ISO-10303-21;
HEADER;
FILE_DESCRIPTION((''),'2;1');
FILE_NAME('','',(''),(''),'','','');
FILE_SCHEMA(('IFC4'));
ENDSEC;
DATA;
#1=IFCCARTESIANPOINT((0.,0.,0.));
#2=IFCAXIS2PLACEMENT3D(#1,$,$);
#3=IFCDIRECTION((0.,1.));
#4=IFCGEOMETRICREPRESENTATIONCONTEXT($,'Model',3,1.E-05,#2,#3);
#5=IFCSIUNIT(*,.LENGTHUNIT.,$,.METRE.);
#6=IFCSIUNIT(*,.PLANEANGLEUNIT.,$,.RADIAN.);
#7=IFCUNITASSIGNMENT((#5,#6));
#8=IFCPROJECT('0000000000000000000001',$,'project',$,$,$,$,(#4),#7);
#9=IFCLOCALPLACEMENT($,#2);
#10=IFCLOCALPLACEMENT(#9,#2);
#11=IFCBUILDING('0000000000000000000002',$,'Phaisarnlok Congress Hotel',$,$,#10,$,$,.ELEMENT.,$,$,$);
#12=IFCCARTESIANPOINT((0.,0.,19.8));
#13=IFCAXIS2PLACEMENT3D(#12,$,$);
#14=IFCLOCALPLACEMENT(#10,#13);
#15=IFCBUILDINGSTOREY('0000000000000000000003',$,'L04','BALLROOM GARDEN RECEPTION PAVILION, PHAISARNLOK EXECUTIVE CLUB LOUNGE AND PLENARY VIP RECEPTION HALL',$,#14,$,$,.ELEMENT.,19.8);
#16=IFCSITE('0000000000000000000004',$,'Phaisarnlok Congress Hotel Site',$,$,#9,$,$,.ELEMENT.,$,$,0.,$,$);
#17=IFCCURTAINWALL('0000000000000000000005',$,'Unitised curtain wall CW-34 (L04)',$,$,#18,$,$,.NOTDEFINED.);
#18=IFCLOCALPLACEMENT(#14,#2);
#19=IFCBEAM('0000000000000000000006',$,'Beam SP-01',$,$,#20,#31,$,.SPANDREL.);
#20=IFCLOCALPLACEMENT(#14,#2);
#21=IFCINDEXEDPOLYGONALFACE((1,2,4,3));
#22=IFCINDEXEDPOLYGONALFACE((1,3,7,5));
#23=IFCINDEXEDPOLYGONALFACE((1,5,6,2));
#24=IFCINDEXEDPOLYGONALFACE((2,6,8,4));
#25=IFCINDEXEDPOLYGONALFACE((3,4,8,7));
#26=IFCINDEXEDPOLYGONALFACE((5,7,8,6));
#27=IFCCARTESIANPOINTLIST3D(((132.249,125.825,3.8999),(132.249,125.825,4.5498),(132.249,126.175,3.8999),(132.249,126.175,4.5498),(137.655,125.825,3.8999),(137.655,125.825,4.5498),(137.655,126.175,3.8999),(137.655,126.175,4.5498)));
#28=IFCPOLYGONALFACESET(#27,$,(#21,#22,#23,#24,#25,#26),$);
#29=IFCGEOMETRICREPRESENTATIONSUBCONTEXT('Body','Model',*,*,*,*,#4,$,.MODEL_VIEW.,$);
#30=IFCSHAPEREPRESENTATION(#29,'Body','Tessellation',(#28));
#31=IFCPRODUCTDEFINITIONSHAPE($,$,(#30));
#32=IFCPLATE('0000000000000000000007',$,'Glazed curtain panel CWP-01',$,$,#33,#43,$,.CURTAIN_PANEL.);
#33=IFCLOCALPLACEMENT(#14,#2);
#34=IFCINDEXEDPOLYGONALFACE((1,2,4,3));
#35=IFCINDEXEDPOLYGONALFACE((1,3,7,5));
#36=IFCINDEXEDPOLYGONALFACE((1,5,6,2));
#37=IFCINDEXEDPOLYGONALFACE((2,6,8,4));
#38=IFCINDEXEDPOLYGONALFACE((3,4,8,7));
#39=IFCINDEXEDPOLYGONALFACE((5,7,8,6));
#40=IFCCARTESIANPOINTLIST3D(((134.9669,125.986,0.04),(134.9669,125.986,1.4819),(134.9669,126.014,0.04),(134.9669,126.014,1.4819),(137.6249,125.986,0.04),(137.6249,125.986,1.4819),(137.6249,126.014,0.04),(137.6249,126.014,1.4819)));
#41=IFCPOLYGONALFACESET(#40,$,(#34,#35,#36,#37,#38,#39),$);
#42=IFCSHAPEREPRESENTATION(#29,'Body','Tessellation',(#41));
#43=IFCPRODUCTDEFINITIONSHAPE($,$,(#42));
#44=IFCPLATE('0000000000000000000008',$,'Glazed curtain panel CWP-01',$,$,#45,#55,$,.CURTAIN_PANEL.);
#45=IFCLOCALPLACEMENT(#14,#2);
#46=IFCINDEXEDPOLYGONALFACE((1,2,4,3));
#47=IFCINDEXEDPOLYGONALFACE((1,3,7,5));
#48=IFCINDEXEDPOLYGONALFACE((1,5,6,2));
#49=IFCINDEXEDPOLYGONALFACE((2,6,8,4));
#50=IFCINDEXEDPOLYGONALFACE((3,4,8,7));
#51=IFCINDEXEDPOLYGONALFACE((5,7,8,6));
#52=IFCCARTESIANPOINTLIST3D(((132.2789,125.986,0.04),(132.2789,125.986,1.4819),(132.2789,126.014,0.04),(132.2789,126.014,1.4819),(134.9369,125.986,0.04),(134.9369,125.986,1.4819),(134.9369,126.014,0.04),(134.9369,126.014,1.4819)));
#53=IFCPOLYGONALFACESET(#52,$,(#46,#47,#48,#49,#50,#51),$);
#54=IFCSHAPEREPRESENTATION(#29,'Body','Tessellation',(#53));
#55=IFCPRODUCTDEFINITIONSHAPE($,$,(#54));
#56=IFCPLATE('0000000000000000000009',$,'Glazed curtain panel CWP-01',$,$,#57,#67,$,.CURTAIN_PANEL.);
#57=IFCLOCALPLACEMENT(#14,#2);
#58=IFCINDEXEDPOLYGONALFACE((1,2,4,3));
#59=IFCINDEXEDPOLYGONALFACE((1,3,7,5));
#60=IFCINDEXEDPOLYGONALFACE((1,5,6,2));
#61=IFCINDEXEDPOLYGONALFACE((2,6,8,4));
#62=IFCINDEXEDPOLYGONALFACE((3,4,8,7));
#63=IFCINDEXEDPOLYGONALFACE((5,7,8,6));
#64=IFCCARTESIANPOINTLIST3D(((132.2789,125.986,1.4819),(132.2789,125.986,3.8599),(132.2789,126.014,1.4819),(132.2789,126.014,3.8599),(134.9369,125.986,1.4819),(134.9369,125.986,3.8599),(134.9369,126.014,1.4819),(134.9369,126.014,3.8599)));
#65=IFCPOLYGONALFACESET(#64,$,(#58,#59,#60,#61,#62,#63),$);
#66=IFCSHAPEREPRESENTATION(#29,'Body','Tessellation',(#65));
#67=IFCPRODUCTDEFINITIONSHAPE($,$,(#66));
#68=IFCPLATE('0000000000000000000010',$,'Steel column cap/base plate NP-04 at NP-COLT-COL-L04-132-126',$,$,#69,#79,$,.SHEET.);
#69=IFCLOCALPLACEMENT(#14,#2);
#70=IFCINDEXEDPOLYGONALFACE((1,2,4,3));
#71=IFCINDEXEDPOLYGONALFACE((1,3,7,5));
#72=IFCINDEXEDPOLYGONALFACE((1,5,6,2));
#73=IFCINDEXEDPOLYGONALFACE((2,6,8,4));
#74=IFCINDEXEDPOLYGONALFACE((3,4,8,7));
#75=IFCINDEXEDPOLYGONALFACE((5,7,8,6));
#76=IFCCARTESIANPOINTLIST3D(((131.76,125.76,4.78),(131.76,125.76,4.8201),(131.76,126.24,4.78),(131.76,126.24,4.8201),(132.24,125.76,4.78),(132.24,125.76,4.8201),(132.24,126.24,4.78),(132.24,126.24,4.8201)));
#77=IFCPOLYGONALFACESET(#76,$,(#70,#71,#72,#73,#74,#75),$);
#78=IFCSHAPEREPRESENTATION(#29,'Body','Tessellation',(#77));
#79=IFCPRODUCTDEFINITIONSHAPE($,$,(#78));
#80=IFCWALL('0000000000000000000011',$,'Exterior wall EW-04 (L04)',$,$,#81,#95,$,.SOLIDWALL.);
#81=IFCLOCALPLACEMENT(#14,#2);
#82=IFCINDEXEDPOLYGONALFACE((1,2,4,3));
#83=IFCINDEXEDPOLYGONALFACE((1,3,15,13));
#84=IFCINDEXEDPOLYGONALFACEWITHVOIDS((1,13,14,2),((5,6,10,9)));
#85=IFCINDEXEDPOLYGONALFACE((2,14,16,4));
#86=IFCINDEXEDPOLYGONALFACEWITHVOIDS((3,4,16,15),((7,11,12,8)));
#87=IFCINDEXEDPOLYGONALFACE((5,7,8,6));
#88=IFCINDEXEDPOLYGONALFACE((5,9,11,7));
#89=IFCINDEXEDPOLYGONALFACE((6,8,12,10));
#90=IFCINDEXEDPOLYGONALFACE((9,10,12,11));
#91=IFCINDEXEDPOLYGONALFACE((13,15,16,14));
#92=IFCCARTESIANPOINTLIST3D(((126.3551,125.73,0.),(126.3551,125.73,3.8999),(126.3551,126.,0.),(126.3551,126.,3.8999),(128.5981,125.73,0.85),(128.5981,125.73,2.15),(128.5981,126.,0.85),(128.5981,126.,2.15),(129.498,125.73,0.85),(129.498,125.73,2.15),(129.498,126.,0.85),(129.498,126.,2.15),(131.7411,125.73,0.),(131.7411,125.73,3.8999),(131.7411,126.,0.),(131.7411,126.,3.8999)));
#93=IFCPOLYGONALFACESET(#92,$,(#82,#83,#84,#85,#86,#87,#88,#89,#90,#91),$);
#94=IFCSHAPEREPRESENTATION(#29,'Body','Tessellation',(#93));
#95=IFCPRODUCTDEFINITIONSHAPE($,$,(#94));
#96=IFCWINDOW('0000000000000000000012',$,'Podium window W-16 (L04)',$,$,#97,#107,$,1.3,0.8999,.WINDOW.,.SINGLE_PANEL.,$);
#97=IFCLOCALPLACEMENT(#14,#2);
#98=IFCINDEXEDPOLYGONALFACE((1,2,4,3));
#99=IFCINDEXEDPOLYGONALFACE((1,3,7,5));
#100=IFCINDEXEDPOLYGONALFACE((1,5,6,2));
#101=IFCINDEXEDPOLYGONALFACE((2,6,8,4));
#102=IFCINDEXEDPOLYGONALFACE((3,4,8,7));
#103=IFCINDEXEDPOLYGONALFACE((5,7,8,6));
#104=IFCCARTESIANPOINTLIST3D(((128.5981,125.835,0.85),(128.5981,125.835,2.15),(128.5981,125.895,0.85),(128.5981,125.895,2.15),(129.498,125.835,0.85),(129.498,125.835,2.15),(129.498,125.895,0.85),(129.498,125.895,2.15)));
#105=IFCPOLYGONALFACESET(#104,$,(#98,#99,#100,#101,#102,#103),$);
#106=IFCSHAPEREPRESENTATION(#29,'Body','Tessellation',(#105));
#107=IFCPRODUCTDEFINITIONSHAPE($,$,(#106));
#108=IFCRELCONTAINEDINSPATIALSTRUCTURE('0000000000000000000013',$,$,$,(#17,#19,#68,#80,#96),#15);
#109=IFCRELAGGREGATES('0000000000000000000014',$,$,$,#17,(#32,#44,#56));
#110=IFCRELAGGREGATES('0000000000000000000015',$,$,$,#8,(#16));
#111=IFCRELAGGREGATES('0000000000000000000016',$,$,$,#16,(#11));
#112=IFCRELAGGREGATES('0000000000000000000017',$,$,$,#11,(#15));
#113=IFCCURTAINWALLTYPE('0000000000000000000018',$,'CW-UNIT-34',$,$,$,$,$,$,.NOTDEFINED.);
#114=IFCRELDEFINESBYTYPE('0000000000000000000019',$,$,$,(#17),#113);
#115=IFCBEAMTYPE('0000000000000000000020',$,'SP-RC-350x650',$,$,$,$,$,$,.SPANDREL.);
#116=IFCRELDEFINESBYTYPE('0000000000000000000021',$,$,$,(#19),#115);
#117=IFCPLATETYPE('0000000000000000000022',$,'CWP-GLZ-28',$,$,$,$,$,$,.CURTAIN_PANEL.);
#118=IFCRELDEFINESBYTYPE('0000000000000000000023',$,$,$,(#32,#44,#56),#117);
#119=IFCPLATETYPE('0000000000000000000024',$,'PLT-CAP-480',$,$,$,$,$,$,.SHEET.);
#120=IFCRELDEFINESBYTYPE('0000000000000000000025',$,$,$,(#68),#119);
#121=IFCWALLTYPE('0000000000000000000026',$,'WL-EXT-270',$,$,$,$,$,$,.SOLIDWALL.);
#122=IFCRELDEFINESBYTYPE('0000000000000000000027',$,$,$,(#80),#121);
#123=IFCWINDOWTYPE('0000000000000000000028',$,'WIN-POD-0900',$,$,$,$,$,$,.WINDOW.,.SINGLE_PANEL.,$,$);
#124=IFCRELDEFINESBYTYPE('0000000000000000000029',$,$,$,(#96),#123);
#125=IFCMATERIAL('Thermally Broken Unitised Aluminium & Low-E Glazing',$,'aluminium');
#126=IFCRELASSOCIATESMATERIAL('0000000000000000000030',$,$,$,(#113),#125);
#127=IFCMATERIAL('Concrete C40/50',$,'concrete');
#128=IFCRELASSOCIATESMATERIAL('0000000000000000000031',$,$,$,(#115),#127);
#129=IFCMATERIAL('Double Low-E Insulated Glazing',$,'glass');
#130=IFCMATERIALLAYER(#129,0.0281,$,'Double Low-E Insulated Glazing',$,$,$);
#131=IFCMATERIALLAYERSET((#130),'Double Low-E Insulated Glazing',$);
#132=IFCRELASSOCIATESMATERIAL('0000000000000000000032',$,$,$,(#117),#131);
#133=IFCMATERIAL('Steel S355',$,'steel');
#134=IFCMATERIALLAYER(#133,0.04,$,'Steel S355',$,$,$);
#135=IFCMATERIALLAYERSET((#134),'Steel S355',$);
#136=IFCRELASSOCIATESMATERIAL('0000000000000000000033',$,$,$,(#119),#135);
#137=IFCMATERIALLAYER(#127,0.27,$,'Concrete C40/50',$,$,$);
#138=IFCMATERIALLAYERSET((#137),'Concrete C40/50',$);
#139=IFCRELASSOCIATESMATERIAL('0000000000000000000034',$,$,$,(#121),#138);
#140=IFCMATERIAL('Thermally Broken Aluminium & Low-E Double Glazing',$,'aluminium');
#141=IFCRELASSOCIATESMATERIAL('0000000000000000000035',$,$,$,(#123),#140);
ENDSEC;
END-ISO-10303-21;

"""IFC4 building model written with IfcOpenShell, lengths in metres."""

from ifc_helpers import new_model, si_unit, direction, frame, frame_2d, origin, origin_2d, place, context, subcontext, project, spatial, rectangle, extrude, material, layer, layer_set, material_profile, profile_set, type_object, element, fill, aggregate, save


model = new_model("IFC4")

# Units and contexts
model_context = context("Model", 3, precision=1e-05, world=origin(), true_north=direction((0.0, 1.0)))
body_context = subcontext(model_context, "Body", "Model", "MODEL_VIEW")
ifc_project = project(units=[si_unit("LENGTHUNIT", "METRE"), si_unit("PLANEANGLEUNIT", "RADIAN")], contexts=[model_context])

# Site, building, storey
site_placement = place(None, origin())
site = spatial("IfcSite", under=ifc_project, at=site_placement, Name="Phaisarnlok Congress Hotel Site", CompositionType="ELEMENT", RefElevation=0.0)
building_placement = place(site_placement, origin())
building = spatial("IfcBuilding", under=site, at=building_placement, Name="Phaisarnlok Congress Hotel", CompositionType="ELEMENT")
storey_placement = place(building_placement, frame((0.0, 0.0, 19.8)))
storey = spatial("IfcBuildingStorey", under=building, at=storey_placement, Name="L04", Description="BALLROOM GARDEN RECEPTION PAVILION, PHAISARNLOK EXECUTIVE CLUB LOUNGE AND PLENARY VIP RECEPTION HALL", CompositionType="ELEMENT", Elevation=19.8)

# Shared definitions
ifc_material_1 = material(Name="Steel S355", Category="steel")

# Shared definitions
ifc_material_2 = material(Name="Concrete C40/50", Category="concrete")

# Curtain wall
ifc_material_3 = material(Name="Thermally Broken Unitised Aluminium & Low-E Glazing", Category="aluminium")
curtain_wall_type = type_object("IfcCurtainWallType", Name="CW-UNIT-34", PredefinedType="NOTDEFINED", material=ifc_material_3)
curtain_wall_placement = place(storey_placement, origin())
curtain_wall = element("IfcCurtainWall", 1, at=curtain_wall_placement, inside=storey, type_object=curtain_wall_type, Name="Unitised curtain wall CW-34 (L04)", PredefinedType="NOTDEFINED")

# Beam
ifc_material_profile_1 = material_profile(ifc_material_2, rectangle(XDim=0.3501, YDim=0.6499, at=origin_2d()), Name="RC 350x650")
ifc_profile_set_1 = profile_set([ifc_material_profile_1], Name="Concrete C40/50")
beam_type_1 = type_object("IfcBeamType", Name="SP-RC-350x650", PredefinedType="SPANDREL", material=ifc_profile_set_1)
for number, where, z_axis, x_axis, name in (
    (2, (132.249, 126.0, 4.2249), (1.0, 0.0, 0.0), (0.0, 1.0, 0.0), "Beam SP-01"),
):
    element("IfcBeam", number, at=place(storey_placement, frame(where, z_axis=z_axis, x_axis=x_axis)), inside=storey, type_object=beam_type_1, Name=name, PredefinedType="SPANDREL", context=body_context, shape_type="SweptSolid", body=[
        extrude(rectangle(XDim=0.3501, YDim=0.6499, at=origin_2d()), origin(), (0.0, 0.0, 1.0), 5.406),
    ])

# Plates
ifc_material_4 = material(Name="Double Low-E Insulated Glazing", Category="glass")
ifc_layer_1 = layer(ifc_material_4, 0.0281, Name="Double Low-E Insulated Glazing")
ifc_layer_set_1 = layer_set([ifc_layer_1], Name="Double Low-E Insulated Glazing")
plate_type_1 = type_object("IfcPlateType", Name="CWP-GLZ-28", PredefinedType="CURTAIN_PANEL", material=ifc_layer_set_1)
plate_1_placement = place(storey_placement, frame((137.625, 126.0, 0.04), z_axis=(0.0, 0.0, 1.0), x_axis=(-1.0, 0.0, 0.0)))
plate_1 = element("IfcPlate", 3, at=plate_1_placement, type_object=plate_type_1, Name="Glazed curtain panel CWP-01", PredefinedType="CURTAIN_PANEL", context=body_context, shape_type="SweptSolid", body=[
    extrude(rectangle(XDim=2.658, YDim=0.0281, at=frame_2d((1.3291, 0.0))), origin(), (0.0, 0.0, 1.0), 1.4419),
])
plate_2_placement = place(storey_placement, frame((134.937, 126.0, 0.04), z_axis=(0.0, 0.0, 1.0), x_axis=(-1.0, 0.0, 0.0)))
plate_2 = element("IfcPlate", 4, at=plate_2_placement, type_object=plate_type_1, Name="Glazed curtain panel CWP-01", PredefinedType="CURTAIN_PANEL", context=body_context, shape_type="SweptSolid", body=[
    extrude(rectangle(XDim=2.658, YDim=0.0281, at=frame_2d((1.3291, 0.0))), origin(), (0.0, 0.0, 1.0), 1.4419),
])
plate_3_placement = place(storey_placement, frame((134.937, 126.0, 1.4819), z_axis=(0.0, 0.0, 1.0), x_axis=(-1.0, 0.0, 0.0)))
plate_3 = element("IfcPlate", 5, at=plate_3_placement, type_object=plate_type_1, Name="Glazed curtain panel CWP-01", PredefinedType="CURTAIN_PANEL", context=body_context, shape_type="SweptSolid", body=[
    extrude(rectangle(XDim=2.658, YDim=0.0281, at=frame_2d((1.3291, 0.0))), origin(), (0.0, 0.0, 1.0), 2.3779),
])
aggregate(curtain_wall, [plate_1, plate_2, plate_3])
ifc_layer_2 = layer(ifc_material_1, 0.04, Name="Steel S355")
ifc_layer_set_2 = layer_set([ifc_layer_2], Name="Steel S355")
plate_type_2 = type_object("IfcPlateType", Name="PLT-CAP-480", PredefinedType="SHEET", material=ifc_layer_set_2)
plate_4_placement = place(storey_placement, frame((132.0, 126.0, 4.78), z_axis=(0.0, 0.0, 1.0), x_axis=(1.0, 0.0, 0.0)))
element("IfcPlate", 6, at=plate_4_placement, inside=storey, type_object=plate_type_2, Name="Steel column cap/base plate NP-04 at NP-COLT-COL-L04-132-126", PredefinedType="SHEET", context=body_context, shape_type="SweptSolid", body=[
    extrude(rectangle(XDim=0.48, YDim=0.48, at=origin_2d()), origin(), (0.0, 0.0, 1.0), 0.04),
])

# Wall, opening, window
ifc_layer_3 = layer(ifc_material_2, 0.27, Name="Concrete C40/50")
ifc_layer_set_3 = layer_set([ifc_layer_3], Name="Concrete C40/50")
wall_type = type_object("IfcWallType", Name="WL-EXT-270", PredefinedType="SOLIDWALL", material=ifc_layer_set_3)
wall_placement = place(storey_placement, frame((131.741, 125.865, 0.0), z_axis=(0.0, 0.0, 1.0), x_axis=(-1.0, 0.0, 0.0)))
wall = element("IfcWall", 7, at=wall_placement, inside=storey, type_object=wall_type, Name="Exterior wall EW-04 (L04)", PredefinedType="SOLIDWALL", context=body_context, shape_type="SweptSolid", body=[
    extrude(rectangle(XDim=5.386, YDim=0.27, at=frame_2d((2.6929, 0.0))), origin(), (0.0, 0.0, 1.0), 3.8999),
])
opening_placement = place(wall_placement, frame((2.2429, 0.0, 0.8501)))
opening = element("IfcOpeningElement", 8, at=opening_placement, cuts=wall, PredefinedType="OPENING", context=body_context, shape_type="SweptSolid", body=[
    extrude(rectangle(XDim=0.8999, YDim=1.3, at=frame_2d((0.45, 0.6499))), frame((0.0, 0.145, 0.0), z_axis=(0.0, -1.0, 0.0), x_axis=(1.0, 0.0, 0.0)), (0.0, 0.0, 1.0), 0.29),
])
ifc_material_5 = material(Name="Thermally Broken Aluminium & Low-E Double Glazing", Category="aluminium")
window_type = type_object("IfcWindowType", Name="WIN-POD-0900", PartitioningType="SINGLE_PANEL", PredefinedType="WINDOW", material=ifc_material_5)
window_placement = place(opening_placement, origin())
window = element("IfcWindow", 9, at=window_placement, inside=storey, type_object=window_type, Name="Podium window W-16 (L04)", OverallHeight=1.3, OverallWidth=0.8999, PartitioningType="SINGLE_PANEL", PredefinedType="WINDOW", context=body_context, shape_type="SweptSolid", body=[
    extrude(rectangle(XDim=0.8999, YDim=1.3, at=frame_2d((0.45, 0.6499))), frame((0.0, 0.03, 0.0), z_axis=(0.0, -1.0, 0.0), x_axis=(1.0, 0.0, 0.0)), (0.0, 0.0, 1.0), 0.0601),
])
fill(opening, window)

save(model, "model.ifc")
